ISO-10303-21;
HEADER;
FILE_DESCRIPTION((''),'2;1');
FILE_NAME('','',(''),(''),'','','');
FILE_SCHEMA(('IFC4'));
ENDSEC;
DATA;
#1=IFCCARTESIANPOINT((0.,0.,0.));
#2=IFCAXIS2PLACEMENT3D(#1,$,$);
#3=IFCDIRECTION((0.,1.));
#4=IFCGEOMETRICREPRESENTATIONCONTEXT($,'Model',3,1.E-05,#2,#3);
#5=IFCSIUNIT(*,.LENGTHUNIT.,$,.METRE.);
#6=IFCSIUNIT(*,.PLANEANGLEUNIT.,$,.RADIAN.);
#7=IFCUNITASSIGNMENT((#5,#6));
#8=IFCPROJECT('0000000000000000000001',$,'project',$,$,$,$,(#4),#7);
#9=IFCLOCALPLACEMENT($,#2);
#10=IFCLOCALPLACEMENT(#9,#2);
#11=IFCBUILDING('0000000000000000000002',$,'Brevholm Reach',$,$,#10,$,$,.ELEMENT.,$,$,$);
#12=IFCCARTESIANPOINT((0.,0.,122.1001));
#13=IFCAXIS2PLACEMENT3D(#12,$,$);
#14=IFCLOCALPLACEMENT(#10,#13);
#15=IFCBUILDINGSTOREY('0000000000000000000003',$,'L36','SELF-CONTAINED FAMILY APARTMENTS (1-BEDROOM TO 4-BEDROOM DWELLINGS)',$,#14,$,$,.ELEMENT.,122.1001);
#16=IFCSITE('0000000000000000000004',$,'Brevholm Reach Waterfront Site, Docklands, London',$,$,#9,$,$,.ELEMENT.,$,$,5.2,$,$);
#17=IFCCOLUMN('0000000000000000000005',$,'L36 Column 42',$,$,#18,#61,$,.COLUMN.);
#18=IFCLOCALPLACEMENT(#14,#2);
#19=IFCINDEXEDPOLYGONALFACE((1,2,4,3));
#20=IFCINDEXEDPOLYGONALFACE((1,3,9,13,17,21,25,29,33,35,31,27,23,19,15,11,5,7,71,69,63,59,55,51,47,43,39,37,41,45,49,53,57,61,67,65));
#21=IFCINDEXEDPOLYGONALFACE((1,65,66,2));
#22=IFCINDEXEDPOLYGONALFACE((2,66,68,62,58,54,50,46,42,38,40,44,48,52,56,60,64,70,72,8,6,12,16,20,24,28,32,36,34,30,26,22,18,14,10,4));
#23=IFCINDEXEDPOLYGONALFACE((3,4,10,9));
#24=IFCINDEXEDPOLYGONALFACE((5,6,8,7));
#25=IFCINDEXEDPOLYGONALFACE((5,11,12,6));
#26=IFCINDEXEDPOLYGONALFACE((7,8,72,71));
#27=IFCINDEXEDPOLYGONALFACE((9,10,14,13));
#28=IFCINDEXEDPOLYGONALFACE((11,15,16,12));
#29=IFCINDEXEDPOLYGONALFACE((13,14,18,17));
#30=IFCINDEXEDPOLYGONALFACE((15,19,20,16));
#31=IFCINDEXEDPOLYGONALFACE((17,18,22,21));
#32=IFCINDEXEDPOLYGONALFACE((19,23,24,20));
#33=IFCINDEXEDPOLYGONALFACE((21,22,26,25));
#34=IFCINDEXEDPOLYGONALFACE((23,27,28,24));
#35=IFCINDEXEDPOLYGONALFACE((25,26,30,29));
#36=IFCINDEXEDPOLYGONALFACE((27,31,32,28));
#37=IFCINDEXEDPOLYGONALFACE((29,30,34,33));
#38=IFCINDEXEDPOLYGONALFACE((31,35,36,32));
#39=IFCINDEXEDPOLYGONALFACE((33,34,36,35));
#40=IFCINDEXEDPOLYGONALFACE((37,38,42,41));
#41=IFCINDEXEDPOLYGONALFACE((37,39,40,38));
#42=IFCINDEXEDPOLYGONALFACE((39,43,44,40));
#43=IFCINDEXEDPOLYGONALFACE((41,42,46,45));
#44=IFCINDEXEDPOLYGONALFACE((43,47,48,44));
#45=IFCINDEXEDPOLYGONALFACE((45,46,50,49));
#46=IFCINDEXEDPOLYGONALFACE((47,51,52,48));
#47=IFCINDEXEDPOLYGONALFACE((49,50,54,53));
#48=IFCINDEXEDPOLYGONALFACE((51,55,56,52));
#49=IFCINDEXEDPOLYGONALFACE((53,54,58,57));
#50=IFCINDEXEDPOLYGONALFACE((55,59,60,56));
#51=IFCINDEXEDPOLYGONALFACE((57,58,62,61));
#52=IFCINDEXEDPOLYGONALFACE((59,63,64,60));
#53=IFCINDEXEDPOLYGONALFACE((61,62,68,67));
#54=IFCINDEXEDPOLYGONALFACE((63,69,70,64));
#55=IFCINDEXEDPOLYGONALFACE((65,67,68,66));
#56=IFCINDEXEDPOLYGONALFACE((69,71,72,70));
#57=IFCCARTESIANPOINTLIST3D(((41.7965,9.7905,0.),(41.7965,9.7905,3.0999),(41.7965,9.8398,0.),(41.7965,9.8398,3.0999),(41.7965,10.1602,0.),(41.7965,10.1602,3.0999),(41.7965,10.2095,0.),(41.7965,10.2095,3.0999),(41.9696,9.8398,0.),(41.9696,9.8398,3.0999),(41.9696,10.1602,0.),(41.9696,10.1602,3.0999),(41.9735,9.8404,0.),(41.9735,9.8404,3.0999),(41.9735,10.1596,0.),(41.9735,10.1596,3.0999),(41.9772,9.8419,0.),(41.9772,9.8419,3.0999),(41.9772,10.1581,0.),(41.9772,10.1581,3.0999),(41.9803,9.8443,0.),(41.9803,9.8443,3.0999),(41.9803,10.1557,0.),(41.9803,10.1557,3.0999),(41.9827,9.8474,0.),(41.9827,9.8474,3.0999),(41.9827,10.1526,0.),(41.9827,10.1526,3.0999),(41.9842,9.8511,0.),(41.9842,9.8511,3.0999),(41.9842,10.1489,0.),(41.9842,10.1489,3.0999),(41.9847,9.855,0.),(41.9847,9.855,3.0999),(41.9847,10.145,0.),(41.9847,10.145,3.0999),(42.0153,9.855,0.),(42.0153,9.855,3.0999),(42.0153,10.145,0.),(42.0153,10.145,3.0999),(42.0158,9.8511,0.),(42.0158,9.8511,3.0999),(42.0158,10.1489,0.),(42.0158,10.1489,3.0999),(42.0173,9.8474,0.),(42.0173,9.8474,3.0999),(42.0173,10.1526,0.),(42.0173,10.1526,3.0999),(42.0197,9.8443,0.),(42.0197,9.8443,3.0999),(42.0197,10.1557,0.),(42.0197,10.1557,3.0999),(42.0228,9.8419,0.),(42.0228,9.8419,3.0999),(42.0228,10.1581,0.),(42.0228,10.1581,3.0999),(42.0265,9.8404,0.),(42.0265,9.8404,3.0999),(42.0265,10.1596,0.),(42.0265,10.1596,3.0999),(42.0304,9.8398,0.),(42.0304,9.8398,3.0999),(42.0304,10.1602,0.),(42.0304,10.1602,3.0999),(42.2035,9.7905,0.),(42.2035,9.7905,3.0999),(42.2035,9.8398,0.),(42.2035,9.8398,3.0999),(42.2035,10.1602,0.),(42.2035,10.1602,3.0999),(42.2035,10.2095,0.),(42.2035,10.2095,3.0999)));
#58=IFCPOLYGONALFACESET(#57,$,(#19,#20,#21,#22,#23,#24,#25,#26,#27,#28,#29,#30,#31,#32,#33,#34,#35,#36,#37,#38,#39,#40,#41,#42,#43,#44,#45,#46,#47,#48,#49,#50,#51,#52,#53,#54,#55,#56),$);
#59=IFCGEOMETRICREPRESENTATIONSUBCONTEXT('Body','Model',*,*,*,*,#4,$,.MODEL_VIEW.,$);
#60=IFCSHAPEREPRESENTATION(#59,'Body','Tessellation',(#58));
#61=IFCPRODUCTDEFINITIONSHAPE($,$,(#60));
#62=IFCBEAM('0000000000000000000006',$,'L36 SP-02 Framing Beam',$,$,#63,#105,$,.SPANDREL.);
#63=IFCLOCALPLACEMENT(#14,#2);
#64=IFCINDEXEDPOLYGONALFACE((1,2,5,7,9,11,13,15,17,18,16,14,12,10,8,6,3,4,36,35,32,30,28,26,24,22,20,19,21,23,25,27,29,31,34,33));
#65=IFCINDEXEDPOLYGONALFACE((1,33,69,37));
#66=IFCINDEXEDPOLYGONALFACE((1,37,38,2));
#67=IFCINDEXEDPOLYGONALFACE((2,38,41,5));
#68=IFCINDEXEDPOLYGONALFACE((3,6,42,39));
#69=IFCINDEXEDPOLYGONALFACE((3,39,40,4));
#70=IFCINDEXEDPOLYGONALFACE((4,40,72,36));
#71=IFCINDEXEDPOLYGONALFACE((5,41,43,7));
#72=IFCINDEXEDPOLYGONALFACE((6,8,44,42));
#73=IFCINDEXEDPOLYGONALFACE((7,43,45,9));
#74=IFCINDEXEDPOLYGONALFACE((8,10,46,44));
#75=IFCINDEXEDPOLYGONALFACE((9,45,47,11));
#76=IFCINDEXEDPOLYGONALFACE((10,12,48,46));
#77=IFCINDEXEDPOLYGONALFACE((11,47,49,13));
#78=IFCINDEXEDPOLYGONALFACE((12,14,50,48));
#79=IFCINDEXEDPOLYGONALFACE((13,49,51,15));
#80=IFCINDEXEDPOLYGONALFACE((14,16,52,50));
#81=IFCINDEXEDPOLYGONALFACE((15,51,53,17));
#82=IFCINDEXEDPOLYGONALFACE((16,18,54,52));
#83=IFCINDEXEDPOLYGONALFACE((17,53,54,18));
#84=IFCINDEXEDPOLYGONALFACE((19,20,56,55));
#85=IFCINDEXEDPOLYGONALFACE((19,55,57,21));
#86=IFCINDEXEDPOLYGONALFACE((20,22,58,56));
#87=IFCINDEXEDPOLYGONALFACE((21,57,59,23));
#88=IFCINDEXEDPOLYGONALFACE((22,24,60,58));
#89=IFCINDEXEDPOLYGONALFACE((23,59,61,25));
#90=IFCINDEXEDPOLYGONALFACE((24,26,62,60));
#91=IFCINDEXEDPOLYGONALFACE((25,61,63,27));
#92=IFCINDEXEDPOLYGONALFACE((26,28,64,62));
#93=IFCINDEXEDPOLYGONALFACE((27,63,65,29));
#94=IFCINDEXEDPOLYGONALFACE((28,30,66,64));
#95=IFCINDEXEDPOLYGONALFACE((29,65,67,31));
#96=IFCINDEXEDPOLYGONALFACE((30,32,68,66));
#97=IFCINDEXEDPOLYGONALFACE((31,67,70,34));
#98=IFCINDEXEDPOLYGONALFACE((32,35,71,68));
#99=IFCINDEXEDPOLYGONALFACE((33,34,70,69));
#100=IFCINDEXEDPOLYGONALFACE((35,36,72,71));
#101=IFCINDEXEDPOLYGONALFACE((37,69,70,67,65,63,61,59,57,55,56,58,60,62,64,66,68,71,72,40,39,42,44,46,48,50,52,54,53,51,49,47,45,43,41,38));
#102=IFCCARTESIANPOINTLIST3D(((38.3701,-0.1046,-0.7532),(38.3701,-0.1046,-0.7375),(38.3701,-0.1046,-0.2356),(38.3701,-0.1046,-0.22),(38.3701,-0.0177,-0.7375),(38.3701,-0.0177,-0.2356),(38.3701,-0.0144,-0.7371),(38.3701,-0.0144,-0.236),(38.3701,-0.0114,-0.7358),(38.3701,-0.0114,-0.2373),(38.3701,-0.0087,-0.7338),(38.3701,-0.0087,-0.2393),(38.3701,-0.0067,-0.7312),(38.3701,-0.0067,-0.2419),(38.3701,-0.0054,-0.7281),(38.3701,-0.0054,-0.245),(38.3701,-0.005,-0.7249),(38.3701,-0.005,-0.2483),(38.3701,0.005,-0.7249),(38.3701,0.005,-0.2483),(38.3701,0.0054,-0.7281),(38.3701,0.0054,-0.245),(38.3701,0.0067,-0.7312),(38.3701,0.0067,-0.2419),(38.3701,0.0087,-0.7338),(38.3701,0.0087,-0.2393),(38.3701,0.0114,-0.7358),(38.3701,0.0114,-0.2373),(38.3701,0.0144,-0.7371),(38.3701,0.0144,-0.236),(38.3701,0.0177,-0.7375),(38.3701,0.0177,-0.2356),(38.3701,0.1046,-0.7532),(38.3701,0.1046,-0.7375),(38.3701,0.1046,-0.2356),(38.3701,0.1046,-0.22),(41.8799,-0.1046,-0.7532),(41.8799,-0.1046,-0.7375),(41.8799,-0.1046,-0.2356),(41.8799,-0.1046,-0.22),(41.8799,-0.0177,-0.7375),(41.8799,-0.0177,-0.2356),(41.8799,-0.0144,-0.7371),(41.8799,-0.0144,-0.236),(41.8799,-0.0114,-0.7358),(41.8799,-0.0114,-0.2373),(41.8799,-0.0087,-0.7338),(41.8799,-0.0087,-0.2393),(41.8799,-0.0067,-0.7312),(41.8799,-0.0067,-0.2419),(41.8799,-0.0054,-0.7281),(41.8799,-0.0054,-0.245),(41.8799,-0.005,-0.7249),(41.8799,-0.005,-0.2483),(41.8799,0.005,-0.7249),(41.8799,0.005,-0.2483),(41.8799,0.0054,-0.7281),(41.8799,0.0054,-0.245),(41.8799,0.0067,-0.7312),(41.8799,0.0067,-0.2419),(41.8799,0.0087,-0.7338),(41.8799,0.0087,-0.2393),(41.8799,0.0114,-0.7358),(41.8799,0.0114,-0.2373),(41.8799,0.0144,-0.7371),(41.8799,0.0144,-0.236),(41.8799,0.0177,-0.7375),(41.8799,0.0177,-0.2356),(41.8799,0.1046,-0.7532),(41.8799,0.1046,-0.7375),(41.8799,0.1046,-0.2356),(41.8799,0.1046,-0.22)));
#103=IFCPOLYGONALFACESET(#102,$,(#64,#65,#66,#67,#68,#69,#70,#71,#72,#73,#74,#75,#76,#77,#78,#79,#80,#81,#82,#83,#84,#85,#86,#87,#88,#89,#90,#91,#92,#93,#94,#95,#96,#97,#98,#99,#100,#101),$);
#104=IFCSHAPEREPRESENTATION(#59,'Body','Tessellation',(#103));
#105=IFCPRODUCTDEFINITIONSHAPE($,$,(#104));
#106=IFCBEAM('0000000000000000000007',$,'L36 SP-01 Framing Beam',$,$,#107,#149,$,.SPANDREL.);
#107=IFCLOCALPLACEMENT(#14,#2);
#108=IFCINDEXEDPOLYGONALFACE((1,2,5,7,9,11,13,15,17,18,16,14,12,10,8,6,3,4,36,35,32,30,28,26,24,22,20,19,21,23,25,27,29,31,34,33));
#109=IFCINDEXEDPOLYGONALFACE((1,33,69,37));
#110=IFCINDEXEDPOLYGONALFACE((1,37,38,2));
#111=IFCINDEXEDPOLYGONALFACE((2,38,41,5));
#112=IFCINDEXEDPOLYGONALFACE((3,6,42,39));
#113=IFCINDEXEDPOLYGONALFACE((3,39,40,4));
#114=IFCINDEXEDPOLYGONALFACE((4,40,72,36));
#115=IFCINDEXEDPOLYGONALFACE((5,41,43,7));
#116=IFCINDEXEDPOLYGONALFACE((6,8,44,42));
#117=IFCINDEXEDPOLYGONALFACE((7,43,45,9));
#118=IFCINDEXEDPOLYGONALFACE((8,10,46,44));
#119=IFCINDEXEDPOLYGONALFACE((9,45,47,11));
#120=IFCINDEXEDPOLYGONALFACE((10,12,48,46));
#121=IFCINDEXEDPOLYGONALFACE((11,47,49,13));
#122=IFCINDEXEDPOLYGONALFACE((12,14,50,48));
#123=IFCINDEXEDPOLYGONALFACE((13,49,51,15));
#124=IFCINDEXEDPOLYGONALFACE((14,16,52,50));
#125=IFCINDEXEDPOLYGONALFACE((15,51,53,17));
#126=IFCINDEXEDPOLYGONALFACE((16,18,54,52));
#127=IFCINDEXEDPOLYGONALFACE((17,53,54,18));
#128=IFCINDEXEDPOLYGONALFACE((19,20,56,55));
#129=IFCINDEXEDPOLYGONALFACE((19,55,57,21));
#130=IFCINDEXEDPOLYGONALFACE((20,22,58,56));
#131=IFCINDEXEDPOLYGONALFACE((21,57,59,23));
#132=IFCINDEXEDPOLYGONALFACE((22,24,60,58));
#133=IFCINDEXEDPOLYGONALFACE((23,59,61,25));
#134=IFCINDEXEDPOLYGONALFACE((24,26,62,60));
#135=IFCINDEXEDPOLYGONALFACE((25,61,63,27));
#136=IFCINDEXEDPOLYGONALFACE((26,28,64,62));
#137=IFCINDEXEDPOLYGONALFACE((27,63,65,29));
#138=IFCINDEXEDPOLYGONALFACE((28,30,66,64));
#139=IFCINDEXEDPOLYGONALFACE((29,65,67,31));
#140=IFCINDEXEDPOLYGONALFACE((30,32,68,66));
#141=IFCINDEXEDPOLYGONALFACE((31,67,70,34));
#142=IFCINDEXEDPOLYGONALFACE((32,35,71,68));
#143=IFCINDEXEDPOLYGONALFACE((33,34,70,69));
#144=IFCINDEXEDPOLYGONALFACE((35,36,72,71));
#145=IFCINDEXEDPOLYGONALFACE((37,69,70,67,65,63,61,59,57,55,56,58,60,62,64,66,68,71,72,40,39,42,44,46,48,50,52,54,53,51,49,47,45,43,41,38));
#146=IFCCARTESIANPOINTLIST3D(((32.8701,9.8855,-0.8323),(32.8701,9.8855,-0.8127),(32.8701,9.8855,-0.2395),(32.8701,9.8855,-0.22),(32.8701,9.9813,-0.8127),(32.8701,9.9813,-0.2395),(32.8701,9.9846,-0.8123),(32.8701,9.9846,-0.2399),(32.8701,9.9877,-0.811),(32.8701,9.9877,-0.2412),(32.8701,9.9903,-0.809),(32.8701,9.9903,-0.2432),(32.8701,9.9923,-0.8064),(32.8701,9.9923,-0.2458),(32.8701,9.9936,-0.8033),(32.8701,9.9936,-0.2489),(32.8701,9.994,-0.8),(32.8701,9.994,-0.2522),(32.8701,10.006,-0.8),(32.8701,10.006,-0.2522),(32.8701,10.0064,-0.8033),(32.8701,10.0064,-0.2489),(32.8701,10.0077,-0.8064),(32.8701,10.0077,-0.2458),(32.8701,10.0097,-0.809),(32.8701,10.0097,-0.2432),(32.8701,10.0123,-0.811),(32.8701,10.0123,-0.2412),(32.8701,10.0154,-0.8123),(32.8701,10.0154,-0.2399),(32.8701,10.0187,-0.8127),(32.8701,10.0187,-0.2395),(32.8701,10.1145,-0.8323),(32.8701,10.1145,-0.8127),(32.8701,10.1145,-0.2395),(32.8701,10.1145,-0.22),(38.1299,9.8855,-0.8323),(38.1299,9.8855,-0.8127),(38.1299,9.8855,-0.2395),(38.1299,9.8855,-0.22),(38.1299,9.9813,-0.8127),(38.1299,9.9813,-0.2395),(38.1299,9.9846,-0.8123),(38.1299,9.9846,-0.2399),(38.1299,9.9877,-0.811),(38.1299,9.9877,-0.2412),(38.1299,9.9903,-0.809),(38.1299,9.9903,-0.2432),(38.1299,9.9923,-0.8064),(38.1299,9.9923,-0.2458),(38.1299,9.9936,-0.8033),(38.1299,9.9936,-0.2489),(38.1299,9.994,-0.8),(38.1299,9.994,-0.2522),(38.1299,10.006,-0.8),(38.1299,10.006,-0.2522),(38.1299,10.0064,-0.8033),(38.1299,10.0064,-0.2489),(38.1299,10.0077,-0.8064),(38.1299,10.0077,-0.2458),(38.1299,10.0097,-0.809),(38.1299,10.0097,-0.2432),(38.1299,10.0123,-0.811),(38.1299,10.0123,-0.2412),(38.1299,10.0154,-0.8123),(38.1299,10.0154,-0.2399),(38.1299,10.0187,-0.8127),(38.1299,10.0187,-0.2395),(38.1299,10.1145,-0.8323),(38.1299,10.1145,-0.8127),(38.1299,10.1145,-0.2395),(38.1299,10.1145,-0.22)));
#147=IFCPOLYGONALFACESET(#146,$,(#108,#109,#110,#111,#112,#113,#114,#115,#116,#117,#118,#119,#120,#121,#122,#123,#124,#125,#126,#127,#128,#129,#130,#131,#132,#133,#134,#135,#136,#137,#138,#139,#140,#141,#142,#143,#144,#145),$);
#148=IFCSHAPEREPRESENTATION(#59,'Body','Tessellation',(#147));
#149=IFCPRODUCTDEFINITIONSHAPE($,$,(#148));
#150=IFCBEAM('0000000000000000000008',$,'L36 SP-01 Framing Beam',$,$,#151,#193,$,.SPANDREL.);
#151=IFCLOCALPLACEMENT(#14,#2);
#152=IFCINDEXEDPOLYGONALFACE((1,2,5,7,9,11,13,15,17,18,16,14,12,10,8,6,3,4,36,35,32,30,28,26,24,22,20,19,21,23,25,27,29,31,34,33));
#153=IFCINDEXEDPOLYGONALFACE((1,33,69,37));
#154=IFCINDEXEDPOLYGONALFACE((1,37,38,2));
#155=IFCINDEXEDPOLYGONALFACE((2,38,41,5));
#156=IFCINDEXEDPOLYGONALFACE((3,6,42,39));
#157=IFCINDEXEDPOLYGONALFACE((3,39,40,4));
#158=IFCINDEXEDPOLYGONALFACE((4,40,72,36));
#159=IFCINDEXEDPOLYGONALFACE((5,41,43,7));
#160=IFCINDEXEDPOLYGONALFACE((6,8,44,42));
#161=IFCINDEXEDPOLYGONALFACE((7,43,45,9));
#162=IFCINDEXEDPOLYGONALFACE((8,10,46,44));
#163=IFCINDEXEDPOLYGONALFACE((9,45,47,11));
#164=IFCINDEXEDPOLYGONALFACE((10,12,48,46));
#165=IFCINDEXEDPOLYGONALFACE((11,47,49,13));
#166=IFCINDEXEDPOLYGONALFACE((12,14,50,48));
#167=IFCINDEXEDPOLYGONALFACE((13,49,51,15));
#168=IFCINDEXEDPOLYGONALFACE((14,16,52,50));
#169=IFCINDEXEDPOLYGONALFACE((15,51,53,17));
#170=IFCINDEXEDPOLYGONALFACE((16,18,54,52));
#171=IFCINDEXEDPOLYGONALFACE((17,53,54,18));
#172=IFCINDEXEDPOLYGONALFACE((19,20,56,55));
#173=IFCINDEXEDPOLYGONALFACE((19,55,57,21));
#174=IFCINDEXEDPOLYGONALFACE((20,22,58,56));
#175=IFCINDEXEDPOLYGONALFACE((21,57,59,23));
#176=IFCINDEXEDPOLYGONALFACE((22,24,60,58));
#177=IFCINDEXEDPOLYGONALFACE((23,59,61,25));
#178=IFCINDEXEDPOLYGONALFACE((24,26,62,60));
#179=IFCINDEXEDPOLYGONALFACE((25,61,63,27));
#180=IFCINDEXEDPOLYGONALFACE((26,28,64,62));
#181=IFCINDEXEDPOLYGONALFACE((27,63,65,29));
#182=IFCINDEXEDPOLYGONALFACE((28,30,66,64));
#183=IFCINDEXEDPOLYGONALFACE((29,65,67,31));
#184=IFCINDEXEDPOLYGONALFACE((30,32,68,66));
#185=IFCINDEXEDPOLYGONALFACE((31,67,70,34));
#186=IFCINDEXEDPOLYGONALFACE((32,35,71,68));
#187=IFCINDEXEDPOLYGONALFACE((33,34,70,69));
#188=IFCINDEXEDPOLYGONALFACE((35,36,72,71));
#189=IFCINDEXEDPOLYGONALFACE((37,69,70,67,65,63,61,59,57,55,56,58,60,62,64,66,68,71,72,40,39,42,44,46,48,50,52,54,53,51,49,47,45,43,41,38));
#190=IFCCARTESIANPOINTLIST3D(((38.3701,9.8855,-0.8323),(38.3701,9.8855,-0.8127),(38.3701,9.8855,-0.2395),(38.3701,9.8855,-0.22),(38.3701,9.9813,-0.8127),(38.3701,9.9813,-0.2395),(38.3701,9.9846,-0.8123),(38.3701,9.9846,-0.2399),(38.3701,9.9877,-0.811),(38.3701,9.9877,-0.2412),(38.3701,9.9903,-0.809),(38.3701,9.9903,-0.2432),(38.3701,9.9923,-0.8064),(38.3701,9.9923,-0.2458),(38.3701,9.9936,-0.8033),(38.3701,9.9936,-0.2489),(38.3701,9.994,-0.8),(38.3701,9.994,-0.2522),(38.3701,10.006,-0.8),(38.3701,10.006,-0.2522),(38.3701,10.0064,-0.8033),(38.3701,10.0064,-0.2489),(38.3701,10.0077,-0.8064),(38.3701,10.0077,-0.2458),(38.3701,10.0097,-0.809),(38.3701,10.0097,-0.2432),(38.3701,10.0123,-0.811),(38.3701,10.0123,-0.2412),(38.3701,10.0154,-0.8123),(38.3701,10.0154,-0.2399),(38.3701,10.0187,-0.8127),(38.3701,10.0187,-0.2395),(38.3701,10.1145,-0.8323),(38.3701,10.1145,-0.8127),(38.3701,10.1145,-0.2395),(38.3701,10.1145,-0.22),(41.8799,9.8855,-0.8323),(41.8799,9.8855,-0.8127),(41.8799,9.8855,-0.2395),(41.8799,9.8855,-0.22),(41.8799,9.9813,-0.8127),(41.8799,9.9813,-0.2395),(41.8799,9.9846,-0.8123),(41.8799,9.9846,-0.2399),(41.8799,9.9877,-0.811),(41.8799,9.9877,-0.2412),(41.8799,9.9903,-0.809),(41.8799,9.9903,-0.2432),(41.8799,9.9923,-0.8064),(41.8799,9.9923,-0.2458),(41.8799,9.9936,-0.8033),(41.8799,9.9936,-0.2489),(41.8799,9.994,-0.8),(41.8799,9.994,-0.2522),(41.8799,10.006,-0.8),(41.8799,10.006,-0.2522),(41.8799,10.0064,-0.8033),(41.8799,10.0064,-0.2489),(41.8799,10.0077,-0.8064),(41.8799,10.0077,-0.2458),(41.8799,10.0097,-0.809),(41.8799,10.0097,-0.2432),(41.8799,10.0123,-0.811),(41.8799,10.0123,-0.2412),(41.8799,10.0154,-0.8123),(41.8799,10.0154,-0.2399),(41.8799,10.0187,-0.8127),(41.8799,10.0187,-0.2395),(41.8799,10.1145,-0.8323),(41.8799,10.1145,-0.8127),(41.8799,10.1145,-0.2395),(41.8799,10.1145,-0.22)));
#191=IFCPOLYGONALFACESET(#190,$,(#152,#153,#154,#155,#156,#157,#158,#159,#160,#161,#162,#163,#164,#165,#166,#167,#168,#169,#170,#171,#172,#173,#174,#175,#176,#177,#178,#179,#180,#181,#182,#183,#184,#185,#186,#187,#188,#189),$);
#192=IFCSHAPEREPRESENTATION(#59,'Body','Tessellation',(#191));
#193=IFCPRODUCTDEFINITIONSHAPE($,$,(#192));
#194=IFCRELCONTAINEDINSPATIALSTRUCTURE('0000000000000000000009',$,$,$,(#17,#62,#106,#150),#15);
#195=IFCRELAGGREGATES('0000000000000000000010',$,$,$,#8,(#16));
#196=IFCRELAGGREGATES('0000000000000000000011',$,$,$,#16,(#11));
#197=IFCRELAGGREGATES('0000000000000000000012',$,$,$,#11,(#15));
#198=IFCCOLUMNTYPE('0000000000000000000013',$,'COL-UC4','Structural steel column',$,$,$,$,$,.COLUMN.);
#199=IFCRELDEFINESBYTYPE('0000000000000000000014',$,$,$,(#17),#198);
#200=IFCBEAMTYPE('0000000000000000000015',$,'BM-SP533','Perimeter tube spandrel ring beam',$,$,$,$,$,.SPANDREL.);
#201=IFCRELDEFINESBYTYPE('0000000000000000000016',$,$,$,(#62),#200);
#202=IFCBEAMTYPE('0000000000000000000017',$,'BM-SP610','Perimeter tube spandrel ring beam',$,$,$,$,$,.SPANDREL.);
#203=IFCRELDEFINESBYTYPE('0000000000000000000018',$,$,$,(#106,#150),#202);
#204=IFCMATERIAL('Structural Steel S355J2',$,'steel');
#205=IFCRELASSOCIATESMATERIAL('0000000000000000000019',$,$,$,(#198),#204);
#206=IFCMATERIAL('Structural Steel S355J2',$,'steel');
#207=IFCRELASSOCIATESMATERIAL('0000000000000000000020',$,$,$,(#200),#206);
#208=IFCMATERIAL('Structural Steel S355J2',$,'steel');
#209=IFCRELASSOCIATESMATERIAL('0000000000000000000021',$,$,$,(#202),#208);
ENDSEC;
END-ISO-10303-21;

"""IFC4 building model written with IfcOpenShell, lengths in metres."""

from ifc_helpers import new_model, si_unit, direction, frame, origin, origin_2d, place, context, subcontext, project, spatial, i_section, extrude, material, material_profile, profile_set, type_object, element, save


model = new_model("IFC4")

# Units and contexts
model_context = context("Model", 3, precision=1e-05, world=origin(), true_north=direction((0.0, 1.0)))
body_context = subcontext(model_context, "Body", "Model", "MODEL_VIEW")
ifc_project = project(units=[si_unit("LENGTHUNIT", "METRE"), si_unit("PLANEANGLEUNIT", "RADIAN")], contexts=[model_context])

# Site, building, storey
site_placement = place(None, origin())
site = spatial("IfcSite", under=ifc_project, at=site_placement, Name="Brevholm Reach Waterfront Site, Docklands, London", CompositionType="ELEMENT", RefElevation=5.2)
building_placement = place(site_placement, origin())
building = spatial("IfcBuilding", under=site, at=building_placement, Name="Brevholm Reach", CompositionType="ELEMENT")
storey_placement = place(building_placement, frame((0.0, 0.0, 122.1001)))
storey = spatial("IfcBuildingStorey", under=building, at=storey_placement, Name="L36", Description="SELF-CONTAINED FAMILY APARTMENTS (1-BEDROOM TO 4-BEDROOM DWELLINGS)", CompositionType="ELEMENT", Elevation=122.1001)

# Column
ifc_material_1 = material(Name="Structural Steel S355J2", Category="steel")
ifc_material_profile_1 = material_profile(ifc_material_1, i_section(OverallWidth=0.407, OverallDepth=0.4189, WebThickness=0.0305, FlangeThickness=0.0493, FilletRadius=0.0151, at=origin_2d()), Name="UKC 356x406x393")
ifc_profile_set_1 = profile_set([ifc_material_profile_1], Name="Structural Steel S355J2")
column_type_1 = type_object("IfcColumnType", Name="COL-UC4", Description="Structural steel column", PredefinedType="COLUMN", material=ifc_profile_set_1)
for number, where, z_axis, x_axis, name in (
    (1, (42.0, 10.0, 0.0), (0.0, 0.0, 1.0), (1.0, 0.0, 0.0), "L36 Column 42"),
):
    element("IfcColumn", number, at=place(storey_placement, frame(where, z_axis=z_axis, x_axis=x_axis)), inside=storey, type_object=column_type_1, Name=name, PredefinedType="COLUMN", context=body_context, shape_type="SweptSolid", body=[
        extrude(i_section(OverallWidth=0.407, OverallDepth=0.4189, WebThickness=0.0305, FlangeThickness=0.0493, FilletRadius=0.0151, at=origin_2d()), origin(), (0.0, 0.0, 1.0), 3.0999),
    ])

# Beams
ifc_material_2 = material(Name="Structural Steel S355J2", Category="steel")
ifc_material_profile_2 = material_profile(ifc_material_2, i_section(OverallWidth=0.2092, OverallDepth=0.5332, WebThickness=0.01, FlangeThickness=0.0156, FilletRadius=0.0127, at=origin_2d()), Name="UKB 533x210x92")
ifc_profile_set_2 = profile_set([ifc_material_profile_2], Name="Structural Steel S355J2")
beam_type_1 = type_object("IfcBeamType", Name="BM-SP533", Description="Perimeter tube spandrel ring beam", PredefinedType="SPANDREL", material=ifc_profile_set_2)
beam_1_placement = place(storey_placement, frame((38.3701, 0.0, -0.4866), z_axis=(1.0, 0.0, 0.0), x_axis=(0.0, 1.0, 0.0)))
element("IfcBeam", 2, at=beam_1_placement, inside=storey, type_object=beam_type_1, Name="L36 SP-02 Framing Beam", PredefinedType="SPANDREL", context=body_context, shape_type="SweptSolid", body=[
    extrude(i_section(OverallWidth=0.2092, OverallDepth=0.5332, WebThickness=0.01, FlangeThickness=0.0156, FilletRadius=0.0127, at=origin_2d()), origin(), (0.0, 0.0, 1.0), 3.5098),
])
ifc_material_3 = material(Name="Structural Steel S355J2", Category="steel")
ifc_material_profile_3 = material_profile(ifc_material_3, i_section(OverallWidth=0.229, OverallDepth=0.6123, WebThickness=0.012, FlangeThickness=0.0195, FilletRadius=0.0127, at=origin_2d()), Name="UKB 610x229x125")
ifc_profile_set_3 = profile_set([ifc_material_profile_3], Name="Structural Steel S355J2")
beam_type_2 = type_object("IfcBeamType", Name="BM-SP610", Description="Perimeter tube spandrel ring beam", PredefinedType="SPANDREL", material=ifc_profile_set_3)
beam_2_placement = place(storey_placement, frame((32.8701, 10.0, -0.5261), z_axis=(1.0, 0.0, 0.0), x_axis=(0.0, 1.0, 0.0)))
element("IfcBeam", 3, at=beam_2_placement, inside=storey, type_object=beam_type_2, Name="L36 SP-01 Framing Beam", PredefinedType="SPANDREL", context=body_context, shape_type="SweptSolid", body=[
    extrude(i_section(OverallWidth=0.229, OverallDepth=0.6123, WebThickness=0.012, FlangeThickness=0.0195, FilletRadius=0.0127, at=origin_2d()), origin(), (0.0, 0.0, 1.0), 5.2598),
])
beam_3_placement = place(storey_placement, frame((38.3701, 10.0, -0.5261), z_axis=(1.0, 0.0, 0.0), x_axis=(0.0, 1.0, 0.0)))
element("IfcBeam", 4, at=beam_3_placement, inside=storey, type_object=beam_type_2, Name="L36 SP-01 Framing Beam", PredefinedType="SPANDREL", context=body_context, shape_type="SweptSolid", body=[
    extrude(i_section(OverallWidth=0.229, OverallDepth=0.6123, WebThickness=0.012, FlangeThickness=0.0195, FilletRadius=0.0127, at=origin_2d()), origin(), (0.0, 0.0, 1.0), 3.5098),
])

save(model, "model.ifc")
